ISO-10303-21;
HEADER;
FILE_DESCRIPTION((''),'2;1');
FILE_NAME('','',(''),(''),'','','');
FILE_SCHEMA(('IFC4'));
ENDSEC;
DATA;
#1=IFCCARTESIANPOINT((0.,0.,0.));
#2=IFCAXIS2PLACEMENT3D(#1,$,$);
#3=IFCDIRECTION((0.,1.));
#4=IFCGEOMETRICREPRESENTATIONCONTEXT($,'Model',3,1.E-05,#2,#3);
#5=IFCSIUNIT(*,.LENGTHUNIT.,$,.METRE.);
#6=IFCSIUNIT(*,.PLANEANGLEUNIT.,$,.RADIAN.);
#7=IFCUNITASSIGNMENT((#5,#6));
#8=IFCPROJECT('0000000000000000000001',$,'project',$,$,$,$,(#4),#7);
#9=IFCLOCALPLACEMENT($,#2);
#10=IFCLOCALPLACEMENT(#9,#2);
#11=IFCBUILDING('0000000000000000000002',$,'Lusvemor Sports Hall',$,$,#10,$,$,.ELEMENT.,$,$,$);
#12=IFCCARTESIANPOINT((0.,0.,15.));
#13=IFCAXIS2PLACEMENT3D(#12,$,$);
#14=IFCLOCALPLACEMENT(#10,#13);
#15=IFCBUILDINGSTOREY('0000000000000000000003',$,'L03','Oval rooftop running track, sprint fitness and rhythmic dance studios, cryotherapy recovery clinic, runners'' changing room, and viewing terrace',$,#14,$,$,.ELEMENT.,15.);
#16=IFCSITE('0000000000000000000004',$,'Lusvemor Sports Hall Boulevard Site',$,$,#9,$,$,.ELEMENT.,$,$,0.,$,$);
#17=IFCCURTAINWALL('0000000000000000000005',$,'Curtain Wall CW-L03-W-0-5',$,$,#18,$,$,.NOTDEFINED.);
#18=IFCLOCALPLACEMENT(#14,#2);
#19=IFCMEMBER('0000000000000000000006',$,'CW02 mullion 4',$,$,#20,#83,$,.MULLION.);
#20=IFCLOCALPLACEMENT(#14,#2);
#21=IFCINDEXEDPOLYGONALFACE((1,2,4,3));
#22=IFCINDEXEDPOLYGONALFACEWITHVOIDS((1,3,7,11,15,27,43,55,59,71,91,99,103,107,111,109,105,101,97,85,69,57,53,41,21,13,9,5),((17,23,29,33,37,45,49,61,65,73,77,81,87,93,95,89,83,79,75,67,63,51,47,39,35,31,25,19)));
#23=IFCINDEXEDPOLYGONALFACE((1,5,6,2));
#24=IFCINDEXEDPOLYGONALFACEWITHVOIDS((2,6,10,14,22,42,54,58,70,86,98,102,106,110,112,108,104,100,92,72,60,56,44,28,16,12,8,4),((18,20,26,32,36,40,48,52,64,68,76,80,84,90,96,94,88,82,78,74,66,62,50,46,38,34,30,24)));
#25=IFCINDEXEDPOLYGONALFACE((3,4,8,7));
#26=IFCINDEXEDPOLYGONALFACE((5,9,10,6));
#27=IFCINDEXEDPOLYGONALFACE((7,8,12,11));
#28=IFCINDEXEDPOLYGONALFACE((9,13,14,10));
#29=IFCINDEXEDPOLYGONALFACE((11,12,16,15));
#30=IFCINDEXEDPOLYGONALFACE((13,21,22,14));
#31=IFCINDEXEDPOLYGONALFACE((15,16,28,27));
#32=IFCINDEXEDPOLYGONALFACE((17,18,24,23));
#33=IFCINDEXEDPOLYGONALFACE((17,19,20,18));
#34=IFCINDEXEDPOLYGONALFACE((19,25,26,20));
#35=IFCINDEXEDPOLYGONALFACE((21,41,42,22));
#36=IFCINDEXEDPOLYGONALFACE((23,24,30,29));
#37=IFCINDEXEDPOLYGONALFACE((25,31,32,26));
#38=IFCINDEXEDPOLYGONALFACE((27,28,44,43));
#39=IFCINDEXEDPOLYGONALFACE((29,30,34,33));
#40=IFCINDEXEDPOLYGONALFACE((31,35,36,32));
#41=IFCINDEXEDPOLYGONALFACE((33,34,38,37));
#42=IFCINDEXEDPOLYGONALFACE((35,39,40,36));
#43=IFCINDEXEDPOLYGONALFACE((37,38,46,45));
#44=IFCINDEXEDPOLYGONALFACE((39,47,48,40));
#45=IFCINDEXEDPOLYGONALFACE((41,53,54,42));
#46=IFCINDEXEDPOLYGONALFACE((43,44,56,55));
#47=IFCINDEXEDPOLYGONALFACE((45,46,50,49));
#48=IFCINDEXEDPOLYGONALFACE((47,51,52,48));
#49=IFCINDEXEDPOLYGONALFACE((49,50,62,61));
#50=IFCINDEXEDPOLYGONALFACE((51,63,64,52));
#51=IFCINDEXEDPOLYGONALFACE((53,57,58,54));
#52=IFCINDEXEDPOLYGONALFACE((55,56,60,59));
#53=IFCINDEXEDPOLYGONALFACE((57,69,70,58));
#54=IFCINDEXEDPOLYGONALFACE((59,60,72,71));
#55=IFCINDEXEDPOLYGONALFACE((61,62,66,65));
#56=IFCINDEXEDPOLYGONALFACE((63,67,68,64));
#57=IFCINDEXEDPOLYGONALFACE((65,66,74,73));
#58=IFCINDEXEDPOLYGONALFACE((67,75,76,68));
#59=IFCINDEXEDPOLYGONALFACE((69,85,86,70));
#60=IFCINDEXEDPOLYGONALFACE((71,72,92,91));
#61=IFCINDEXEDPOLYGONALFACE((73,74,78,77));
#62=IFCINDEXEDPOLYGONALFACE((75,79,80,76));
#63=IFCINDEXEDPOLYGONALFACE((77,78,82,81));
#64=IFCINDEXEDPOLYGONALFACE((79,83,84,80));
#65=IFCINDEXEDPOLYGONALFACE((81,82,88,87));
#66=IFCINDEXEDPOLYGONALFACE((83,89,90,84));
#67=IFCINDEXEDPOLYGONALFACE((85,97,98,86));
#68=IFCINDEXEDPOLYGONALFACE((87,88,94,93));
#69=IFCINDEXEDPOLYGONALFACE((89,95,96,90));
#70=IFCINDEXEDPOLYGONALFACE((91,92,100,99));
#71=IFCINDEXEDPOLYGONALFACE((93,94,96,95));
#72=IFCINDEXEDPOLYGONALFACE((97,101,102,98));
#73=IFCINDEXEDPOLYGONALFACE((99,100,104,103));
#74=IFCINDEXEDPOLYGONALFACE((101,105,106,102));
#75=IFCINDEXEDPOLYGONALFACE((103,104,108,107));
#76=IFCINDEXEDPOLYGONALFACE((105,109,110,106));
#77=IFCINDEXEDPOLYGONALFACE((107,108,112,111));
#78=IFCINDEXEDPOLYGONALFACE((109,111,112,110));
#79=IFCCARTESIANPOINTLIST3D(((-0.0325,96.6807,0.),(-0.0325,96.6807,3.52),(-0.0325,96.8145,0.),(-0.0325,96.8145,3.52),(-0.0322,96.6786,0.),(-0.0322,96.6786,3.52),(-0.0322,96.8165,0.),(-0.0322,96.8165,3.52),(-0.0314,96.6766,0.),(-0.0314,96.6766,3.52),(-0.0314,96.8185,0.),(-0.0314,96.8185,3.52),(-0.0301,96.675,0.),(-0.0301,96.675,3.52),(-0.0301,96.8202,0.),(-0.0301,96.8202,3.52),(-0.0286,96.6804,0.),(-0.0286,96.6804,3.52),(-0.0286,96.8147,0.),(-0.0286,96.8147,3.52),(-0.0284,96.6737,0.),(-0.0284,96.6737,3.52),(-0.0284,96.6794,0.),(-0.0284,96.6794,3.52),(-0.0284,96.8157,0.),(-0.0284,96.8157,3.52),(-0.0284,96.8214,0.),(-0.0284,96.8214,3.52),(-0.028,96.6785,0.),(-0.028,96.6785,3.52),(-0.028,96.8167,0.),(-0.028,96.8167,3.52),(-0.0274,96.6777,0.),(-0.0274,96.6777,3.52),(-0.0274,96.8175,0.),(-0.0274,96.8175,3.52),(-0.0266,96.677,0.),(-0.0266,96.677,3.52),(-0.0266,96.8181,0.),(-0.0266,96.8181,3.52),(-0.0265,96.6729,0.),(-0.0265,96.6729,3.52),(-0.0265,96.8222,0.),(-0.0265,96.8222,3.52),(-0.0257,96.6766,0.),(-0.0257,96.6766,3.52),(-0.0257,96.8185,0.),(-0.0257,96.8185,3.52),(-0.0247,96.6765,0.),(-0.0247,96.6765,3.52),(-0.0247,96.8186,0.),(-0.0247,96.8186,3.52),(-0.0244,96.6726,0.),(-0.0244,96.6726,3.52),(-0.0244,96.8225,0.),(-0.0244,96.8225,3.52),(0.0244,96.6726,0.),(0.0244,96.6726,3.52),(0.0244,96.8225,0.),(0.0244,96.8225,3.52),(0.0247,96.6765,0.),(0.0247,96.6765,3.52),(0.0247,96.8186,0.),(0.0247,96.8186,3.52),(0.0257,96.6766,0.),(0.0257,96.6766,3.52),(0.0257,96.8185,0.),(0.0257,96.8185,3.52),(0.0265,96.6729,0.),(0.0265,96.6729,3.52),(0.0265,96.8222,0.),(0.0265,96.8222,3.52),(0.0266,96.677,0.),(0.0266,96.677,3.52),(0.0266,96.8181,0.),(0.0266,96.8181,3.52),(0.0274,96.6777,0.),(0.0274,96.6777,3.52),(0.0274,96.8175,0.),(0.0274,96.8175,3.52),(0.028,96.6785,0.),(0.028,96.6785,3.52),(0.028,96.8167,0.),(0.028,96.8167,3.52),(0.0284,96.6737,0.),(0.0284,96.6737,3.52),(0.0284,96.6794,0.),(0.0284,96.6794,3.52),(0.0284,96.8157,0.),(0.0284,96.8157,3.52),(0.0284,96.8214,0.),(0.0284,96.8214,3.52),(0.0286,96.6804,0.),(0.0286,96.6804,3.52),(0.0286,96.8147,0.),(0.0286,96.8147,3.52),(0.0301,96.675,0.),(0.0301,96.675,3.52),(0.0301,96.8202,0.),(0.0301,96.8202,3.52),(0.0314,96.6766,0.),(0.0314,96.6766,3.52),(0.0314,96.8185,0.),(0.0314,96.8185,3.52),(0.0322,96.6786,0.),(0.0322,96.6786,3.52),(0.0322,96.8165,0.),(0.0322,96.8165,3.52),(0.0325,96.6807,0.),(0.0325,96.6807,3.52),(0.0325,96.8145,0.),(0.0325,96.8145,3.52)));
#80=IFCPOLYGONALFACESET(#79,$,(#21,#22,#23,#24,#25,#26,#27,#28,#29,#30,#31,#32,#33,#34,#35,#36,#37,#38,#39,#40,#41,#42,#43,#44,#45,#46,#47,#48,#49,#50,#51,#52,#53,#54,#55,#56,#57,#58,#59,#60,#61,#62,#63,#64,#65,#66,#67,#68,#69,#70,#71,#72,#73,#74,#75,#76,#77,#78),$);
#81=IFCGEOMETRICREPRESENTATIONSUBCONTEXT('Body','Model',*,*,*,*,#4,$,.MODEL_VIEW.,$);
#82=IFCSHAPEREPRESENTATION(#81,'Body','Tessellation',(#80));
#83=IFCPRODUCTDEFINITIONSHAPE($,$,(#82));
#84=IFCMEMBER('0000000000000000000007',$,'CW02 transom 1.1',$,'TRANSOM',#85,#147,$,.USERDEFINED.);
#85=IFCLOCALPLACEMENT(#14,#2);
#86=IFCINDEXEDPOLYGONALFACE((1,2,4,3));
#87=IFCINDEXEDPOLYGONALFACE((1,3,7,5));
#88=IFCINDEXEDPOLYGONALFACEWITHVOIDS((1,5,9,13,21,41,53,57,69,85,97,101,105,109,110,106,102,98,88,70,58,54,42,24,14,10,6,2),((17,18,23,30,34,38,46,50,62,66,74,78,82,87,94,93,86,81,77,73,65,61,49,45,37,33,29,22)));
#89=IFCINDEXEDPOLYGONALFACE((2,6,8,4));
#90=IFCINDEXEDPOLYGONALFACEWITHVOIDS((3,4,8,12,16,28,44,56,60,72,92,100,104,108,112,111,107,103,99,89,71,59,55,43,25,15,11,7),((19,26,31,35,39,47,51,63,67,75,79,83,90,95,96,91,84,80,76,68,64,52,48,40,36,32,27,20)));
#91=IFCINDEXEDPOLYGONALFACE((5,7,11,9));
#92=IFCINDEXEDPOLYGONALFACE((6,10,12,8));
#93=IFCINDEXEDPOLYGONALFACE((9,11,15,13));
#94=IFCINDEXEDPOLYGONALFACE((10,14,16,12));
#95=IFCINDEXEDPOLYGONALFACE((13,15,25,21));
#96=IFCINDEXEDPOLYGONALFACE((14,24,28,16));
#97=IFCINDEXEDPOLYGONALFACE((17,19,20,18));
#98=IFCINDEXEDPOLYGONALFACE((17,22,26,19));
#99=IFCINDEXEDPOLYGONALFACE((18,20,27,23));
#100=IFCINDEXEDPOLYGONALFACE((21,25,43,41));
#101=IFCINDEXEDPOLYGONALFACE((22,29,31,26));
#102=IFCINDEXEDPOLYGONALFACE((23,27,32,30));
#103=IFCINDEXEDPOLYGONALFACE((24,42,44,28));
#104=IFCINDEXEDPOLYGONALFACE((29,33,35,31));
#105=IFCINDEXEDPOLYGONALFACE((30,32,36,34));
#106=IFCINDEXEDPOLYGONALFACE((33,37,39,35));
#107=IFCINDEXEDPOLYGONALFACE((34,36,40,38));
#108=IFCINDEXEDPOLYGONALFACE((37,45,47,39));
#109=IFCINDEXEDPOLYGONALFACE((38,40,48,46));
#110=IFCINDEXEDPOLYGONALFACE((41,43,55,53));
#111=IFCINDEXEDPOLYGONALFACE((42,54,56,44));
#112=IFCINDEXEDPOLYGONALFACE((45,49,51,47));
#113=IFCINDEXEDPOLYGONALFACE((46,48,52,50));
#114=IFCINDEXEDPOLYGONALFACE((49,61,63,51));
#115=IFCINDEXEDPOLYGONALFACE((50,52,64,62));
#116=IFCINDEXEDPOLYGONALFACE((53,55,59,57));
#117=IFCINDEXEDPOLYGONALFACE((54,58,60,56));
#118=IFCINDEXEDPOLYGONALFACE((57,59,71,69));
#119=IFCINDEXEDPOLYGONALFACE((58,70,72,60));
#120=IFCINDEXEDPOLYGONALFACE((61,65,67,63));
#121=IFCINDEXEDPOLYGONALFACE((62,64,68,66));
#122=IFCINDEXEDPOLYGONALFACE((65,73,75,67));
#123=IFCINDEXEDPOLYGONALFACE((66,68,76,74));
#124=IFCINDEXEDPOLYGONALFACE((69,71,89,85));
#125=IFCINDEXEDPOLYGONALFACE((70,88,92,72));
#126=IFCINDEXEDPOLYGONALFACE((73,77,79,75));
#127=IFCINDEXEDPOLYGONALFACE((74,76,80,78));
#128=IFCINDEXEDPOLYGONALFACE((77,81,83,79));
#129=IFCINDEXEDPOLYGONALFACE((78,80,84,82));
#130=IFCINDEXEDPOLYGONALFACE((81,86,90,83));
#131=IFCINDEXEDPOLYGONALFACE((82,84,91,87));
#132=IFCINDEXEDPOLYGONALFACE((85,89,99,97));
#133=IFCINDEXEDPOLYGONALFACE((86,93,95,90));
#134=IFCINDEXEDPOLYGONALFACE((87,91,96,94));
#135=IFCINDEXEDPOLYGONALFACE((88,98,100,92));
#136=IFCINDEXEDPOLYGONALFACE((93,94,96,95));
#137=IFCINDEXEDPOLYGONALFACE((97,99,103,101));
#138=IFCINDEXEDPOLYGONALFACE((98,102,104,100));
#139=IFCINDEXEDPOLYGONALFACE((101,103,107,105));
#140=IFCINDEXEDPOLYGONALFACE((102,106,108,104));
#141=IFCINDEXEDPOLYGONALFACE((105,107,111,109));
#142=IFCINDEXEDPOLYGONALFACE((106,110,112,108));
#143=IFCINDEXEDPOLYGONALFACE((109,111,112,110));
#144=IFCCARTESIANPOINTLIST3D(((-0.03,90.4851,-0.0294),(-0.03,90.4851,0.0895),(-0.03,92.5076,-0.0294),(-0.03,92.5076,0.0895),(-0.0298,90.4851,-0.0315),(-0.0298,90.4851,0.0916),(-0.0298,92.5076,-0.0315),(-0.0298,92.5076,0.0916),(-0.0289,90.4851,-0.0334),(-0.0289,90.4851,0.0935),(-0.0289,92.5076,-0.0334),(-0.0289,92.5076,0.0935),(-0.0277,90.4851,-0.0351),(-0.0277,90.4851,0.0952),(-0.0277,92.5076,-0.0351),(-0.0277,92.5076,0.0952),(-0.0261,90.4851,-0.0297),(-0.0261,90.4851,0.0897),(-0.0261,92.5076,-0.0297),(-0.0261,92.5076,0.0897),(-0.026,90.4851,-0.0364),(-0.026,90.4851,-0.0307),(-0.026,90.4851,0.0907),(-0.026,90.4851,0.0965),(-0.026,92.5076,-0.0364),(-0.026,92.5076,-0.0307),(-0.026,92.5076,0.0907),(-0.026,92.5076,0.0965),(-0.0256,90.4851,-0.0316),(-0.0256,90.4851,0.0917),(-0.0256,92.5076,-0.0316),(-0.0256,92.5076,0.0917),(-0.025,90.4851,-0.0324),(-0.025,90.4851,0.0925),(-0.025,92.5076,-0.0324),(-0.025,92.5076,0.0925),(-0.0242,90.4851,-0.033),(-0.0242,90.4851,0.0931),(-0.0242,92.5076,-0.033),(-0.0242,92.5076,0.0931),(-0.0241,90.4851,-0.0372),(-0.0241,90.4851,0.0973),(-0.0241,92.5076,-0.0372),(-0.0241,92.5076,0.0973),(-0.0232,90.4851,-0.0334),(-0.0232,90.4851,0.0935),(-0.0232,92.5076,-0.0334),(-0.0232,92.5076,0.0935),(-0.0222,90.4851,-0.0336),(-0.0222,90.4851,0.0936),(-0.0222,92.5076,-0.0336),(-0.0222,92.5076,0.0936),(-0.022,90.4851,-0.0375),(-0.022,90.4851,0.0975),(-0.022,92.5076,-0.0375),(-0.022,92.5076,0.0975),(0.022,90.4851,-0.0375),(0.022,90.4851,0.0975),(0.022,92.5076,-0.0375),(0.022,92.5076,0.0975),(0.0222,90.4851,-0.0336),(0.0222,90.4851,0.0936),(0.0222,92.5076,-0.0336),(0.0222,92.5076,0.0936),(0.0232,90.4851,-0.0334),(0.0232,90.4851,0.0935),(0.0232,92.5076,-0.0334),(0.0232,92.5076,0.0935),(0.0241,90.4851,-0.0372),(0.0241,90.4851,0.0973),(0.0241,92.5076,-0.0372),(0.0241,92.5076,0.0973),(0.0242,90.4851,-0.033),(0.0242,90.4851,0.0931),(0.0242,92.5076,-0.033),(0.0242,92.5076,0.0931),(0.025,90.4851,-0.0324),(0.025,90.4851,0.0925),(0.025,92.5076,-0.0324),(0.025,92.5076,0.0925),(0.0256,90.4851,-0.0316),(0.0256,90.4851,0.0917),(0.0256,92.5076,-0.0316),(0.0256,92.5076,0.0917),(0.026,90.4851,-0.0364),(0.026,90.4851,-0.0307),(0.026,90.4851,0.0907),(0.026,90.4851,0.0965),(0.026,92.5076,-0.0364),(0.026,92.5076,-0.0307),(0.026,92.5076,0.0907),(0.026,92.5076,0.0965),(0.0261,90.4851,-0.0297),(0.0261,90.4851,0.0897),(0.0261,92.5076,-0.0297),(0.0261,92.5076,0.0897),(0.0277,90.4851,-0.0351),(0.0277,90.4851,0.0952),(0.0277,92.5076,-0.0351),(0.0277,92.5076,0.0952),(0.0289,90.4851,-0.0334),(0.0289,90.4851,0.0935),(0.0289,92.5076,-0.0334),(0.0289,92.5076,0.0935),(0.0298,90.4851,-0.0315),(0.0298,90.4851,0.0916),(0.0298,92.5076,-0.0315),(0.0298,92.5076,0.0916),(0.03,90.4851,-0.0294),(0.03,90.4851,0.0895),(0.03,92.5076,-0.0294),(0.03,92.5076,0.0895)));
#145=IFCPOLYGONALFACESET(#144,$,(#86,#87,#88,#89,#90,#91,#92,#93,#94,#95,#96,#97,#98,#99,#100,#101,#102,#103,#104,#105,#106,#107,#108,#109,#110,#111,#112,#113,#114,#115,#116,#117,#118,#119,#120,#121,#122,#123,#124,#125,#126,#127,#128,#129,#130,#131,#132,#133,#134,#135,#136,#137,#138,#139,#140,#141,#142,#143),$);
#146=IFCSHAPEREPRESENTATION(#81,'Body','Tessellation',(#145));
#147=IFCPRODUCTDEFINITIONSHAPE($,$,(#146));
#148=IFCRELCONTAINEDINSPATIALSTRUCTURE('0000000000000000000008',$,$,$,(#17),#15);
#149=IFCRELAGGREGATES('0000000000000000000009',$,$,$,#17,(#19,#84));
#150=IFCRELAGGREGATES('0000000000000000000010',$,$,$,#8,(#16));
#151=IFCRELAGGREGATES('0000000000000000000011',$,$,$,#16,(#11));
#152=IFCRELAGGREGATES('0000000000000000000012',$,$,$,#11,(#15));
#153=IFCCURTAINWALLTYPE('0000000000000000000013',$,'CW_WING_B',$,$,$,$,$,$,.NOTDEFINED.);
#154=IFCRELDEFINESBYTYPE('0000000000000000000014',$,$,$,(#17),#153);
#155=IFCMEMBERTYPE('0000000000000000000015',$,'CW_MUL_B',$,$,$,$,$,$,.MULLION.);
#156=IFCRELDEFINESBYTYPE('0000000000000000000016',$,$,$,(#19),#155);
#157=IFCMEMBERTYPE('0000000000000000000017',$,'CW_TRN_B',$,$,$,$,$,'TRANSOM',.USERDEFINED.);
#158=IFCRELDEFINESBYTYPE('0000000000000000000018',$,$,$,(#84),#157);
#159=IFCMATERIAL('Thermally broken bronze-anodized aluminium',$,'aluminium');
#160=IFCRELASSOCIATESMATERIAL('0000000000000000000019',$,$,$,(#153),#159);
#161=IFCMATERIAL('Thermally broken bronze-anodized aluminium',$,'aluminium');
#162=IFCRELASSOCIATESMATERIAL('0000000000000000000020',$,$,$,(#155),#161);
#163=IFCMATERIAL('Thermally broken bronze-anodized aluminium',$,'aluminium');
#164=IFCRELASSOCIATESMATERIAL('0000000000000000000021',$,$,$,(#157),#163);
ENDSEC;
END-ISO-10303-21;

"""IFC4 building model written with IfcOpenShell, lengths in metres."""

from ifc_helpers import new_model, si_unit, direction, frame, origin, origin_2d, place, context, subcontext, project, spatial, hollow_rectangle, extrude, material, material_profile, profile_set, type_object, element, aggregate, save


model = new_model("IFC4")

# Units and contexts
model_context = context("Model", 3, precision=1e-05, world=origin(), true_north=direction((0.0, 1.0)))
body_context = subcontext(model_context, "Body", "Model", "MODEL_VIEW")
ifc_project = project(units=[si_unit("LENGTHUNIT", "METRE"), si_unit("PLANEANGLEUNIT", "RADIAN")], contexts=[model_context])

# Site, building, storey
site_placement = place(None, origin())
site = spatial("IfcSite", under=ifc_project, at=site_placement, Name="Lusvemor Sports Hall Boulevard Site", CompositionType="ELEMENT", RefElevation=0.0)
building_placement = place(site_placement, origin())
building = spatial("IfcBuilding", under=site, at=building_placement, Name="Lusvemor Sports Hall", CompositionType="ELEMENT")
storey_placement = place(building_placement, frame((0.0, 0.0, 15.0)))
storey = spatial("IfcBuildingStorey", under=building, at=storey_placement, Name="L03", Description="Oval rooftop running track, sprint fitness and rhythmic dance studios, cryotherapy recovery clinic, runners' changing room, and viewing terrace", CompositionType="ELEMENT", Elevation=15.0)

# Curtain wall, members
ifc_material_1 = material(Name="Thermally broken bronze-anodized aluminium", Category="aluminium")
curtain_wall_type = type_object("IfcCurtainWallType", Name="CW_WING_B", PredefinedType="NOTDEFINED", material=ifc_material_1)
curtain_wall_placement = place(storey_placement, origin())
curtain_wall = element("IfcCurtainWall", 1, at=curtain_wall_placement, inside=storey, type_object=curtain_wall_type, Name="Curtain Wall CW-L03-W-0-5", PredefinedType="NOTDEFINED")
ifc_material_2 = material(Name="Thermally broken bronze-anodized aluminium", Category="aluminium")
ifc_material_profile_1 = material_profile(ifc_material_2, hollow_rectangle(XDim=0.0649, YDim=0.1499, WallThickness=0.0039, InnerFilletRadius=0.0039, OuterFilletRadius=0.0081, at=origin_2d()), Name="CWMUL150x65x4")
ifc_profile_set_1 = profile_set([ifc_material_profile_1], Name="Thermally broken bronze-anodized aluminium")
member_type_1 = type_object("IfcMemberType", Name="CW_MUL_B", PredefinedType="MULLION", material=ifc_profile_set_1)
member_1_placement = place(storey_placement, frame((0.0, 96.7476, 0.0), z_axis=(0.0, 0.0, 1.0), x_axis=(-1.0, 0.0, 0.0)))
member_1 = element("IfcMember", 2, at=member_1_placement, type_object=member_type_1, Name="CW02 mullion 4", PredefinedType="MULLION", context=body_context, shape_type="SweptSolid", body=[
    extrude(hollow_rectangle(XDim=0.0649, YDim=0.1499, WallThickness=0.0039, InnerFilletRadius=0.0039, OuterFilletRadius=0.0081, at=origin_2d()), origin(), (0.0, 0.0, 1.0), 3.52),
])
ifc_material_3 = material(Name="Thermally broken bronze-anodized aluminium", Category="aluminium")
ifc_material_profile_2 = material_profile(ifc_material_3, hollow_rectangle(XDim=0.0601, YDim=0.135, WallThickness=0.0039, InnerFilletRadius=0.0039, OuterFilletRadius=0.0081, at=origin_2d()), Name="CWTRN135x60x4")
ifc_profile_set_2 = profile_set([ifc_material_profile_2], Name="Thermally broken bronze-anodized aluminium")
member_type_2 = type_object("IfcMemberType", Name="CW_TRN_B", ElementType="TRANSOM", PredefinedType="USERDEFINED", material=ifc_profile_set_2)
member_2_placement = place(storey_placement, frame((0.0, 90.4851, 0.03), z_axis=(0.0, 1.0, 0.0), x_axis=(-1.0, 0.0, 0.0)))
member_2 = element("IfcMember", 3, at=member_2_placement, type_object=member_type_2, Name="CW02 transom 1.1", ObjectType="TRANSOM", PredefinedType="USERDEFINED", context=body_context, shape_type="SweptSolid", body=[
    extrude(hollow_rectangle(XDim=0.0601, YDim=0.135, WallThickness=0.0039, InnerFilletRadius=0.0039, OuterFilletRadius=0.0081, at=origin_2d()), origin(), (0.0, 0.0, 1.0), 2.0225),
])

aggregate(curtain_wall, [member_1, member_2])

save(model, "model.ifc")
